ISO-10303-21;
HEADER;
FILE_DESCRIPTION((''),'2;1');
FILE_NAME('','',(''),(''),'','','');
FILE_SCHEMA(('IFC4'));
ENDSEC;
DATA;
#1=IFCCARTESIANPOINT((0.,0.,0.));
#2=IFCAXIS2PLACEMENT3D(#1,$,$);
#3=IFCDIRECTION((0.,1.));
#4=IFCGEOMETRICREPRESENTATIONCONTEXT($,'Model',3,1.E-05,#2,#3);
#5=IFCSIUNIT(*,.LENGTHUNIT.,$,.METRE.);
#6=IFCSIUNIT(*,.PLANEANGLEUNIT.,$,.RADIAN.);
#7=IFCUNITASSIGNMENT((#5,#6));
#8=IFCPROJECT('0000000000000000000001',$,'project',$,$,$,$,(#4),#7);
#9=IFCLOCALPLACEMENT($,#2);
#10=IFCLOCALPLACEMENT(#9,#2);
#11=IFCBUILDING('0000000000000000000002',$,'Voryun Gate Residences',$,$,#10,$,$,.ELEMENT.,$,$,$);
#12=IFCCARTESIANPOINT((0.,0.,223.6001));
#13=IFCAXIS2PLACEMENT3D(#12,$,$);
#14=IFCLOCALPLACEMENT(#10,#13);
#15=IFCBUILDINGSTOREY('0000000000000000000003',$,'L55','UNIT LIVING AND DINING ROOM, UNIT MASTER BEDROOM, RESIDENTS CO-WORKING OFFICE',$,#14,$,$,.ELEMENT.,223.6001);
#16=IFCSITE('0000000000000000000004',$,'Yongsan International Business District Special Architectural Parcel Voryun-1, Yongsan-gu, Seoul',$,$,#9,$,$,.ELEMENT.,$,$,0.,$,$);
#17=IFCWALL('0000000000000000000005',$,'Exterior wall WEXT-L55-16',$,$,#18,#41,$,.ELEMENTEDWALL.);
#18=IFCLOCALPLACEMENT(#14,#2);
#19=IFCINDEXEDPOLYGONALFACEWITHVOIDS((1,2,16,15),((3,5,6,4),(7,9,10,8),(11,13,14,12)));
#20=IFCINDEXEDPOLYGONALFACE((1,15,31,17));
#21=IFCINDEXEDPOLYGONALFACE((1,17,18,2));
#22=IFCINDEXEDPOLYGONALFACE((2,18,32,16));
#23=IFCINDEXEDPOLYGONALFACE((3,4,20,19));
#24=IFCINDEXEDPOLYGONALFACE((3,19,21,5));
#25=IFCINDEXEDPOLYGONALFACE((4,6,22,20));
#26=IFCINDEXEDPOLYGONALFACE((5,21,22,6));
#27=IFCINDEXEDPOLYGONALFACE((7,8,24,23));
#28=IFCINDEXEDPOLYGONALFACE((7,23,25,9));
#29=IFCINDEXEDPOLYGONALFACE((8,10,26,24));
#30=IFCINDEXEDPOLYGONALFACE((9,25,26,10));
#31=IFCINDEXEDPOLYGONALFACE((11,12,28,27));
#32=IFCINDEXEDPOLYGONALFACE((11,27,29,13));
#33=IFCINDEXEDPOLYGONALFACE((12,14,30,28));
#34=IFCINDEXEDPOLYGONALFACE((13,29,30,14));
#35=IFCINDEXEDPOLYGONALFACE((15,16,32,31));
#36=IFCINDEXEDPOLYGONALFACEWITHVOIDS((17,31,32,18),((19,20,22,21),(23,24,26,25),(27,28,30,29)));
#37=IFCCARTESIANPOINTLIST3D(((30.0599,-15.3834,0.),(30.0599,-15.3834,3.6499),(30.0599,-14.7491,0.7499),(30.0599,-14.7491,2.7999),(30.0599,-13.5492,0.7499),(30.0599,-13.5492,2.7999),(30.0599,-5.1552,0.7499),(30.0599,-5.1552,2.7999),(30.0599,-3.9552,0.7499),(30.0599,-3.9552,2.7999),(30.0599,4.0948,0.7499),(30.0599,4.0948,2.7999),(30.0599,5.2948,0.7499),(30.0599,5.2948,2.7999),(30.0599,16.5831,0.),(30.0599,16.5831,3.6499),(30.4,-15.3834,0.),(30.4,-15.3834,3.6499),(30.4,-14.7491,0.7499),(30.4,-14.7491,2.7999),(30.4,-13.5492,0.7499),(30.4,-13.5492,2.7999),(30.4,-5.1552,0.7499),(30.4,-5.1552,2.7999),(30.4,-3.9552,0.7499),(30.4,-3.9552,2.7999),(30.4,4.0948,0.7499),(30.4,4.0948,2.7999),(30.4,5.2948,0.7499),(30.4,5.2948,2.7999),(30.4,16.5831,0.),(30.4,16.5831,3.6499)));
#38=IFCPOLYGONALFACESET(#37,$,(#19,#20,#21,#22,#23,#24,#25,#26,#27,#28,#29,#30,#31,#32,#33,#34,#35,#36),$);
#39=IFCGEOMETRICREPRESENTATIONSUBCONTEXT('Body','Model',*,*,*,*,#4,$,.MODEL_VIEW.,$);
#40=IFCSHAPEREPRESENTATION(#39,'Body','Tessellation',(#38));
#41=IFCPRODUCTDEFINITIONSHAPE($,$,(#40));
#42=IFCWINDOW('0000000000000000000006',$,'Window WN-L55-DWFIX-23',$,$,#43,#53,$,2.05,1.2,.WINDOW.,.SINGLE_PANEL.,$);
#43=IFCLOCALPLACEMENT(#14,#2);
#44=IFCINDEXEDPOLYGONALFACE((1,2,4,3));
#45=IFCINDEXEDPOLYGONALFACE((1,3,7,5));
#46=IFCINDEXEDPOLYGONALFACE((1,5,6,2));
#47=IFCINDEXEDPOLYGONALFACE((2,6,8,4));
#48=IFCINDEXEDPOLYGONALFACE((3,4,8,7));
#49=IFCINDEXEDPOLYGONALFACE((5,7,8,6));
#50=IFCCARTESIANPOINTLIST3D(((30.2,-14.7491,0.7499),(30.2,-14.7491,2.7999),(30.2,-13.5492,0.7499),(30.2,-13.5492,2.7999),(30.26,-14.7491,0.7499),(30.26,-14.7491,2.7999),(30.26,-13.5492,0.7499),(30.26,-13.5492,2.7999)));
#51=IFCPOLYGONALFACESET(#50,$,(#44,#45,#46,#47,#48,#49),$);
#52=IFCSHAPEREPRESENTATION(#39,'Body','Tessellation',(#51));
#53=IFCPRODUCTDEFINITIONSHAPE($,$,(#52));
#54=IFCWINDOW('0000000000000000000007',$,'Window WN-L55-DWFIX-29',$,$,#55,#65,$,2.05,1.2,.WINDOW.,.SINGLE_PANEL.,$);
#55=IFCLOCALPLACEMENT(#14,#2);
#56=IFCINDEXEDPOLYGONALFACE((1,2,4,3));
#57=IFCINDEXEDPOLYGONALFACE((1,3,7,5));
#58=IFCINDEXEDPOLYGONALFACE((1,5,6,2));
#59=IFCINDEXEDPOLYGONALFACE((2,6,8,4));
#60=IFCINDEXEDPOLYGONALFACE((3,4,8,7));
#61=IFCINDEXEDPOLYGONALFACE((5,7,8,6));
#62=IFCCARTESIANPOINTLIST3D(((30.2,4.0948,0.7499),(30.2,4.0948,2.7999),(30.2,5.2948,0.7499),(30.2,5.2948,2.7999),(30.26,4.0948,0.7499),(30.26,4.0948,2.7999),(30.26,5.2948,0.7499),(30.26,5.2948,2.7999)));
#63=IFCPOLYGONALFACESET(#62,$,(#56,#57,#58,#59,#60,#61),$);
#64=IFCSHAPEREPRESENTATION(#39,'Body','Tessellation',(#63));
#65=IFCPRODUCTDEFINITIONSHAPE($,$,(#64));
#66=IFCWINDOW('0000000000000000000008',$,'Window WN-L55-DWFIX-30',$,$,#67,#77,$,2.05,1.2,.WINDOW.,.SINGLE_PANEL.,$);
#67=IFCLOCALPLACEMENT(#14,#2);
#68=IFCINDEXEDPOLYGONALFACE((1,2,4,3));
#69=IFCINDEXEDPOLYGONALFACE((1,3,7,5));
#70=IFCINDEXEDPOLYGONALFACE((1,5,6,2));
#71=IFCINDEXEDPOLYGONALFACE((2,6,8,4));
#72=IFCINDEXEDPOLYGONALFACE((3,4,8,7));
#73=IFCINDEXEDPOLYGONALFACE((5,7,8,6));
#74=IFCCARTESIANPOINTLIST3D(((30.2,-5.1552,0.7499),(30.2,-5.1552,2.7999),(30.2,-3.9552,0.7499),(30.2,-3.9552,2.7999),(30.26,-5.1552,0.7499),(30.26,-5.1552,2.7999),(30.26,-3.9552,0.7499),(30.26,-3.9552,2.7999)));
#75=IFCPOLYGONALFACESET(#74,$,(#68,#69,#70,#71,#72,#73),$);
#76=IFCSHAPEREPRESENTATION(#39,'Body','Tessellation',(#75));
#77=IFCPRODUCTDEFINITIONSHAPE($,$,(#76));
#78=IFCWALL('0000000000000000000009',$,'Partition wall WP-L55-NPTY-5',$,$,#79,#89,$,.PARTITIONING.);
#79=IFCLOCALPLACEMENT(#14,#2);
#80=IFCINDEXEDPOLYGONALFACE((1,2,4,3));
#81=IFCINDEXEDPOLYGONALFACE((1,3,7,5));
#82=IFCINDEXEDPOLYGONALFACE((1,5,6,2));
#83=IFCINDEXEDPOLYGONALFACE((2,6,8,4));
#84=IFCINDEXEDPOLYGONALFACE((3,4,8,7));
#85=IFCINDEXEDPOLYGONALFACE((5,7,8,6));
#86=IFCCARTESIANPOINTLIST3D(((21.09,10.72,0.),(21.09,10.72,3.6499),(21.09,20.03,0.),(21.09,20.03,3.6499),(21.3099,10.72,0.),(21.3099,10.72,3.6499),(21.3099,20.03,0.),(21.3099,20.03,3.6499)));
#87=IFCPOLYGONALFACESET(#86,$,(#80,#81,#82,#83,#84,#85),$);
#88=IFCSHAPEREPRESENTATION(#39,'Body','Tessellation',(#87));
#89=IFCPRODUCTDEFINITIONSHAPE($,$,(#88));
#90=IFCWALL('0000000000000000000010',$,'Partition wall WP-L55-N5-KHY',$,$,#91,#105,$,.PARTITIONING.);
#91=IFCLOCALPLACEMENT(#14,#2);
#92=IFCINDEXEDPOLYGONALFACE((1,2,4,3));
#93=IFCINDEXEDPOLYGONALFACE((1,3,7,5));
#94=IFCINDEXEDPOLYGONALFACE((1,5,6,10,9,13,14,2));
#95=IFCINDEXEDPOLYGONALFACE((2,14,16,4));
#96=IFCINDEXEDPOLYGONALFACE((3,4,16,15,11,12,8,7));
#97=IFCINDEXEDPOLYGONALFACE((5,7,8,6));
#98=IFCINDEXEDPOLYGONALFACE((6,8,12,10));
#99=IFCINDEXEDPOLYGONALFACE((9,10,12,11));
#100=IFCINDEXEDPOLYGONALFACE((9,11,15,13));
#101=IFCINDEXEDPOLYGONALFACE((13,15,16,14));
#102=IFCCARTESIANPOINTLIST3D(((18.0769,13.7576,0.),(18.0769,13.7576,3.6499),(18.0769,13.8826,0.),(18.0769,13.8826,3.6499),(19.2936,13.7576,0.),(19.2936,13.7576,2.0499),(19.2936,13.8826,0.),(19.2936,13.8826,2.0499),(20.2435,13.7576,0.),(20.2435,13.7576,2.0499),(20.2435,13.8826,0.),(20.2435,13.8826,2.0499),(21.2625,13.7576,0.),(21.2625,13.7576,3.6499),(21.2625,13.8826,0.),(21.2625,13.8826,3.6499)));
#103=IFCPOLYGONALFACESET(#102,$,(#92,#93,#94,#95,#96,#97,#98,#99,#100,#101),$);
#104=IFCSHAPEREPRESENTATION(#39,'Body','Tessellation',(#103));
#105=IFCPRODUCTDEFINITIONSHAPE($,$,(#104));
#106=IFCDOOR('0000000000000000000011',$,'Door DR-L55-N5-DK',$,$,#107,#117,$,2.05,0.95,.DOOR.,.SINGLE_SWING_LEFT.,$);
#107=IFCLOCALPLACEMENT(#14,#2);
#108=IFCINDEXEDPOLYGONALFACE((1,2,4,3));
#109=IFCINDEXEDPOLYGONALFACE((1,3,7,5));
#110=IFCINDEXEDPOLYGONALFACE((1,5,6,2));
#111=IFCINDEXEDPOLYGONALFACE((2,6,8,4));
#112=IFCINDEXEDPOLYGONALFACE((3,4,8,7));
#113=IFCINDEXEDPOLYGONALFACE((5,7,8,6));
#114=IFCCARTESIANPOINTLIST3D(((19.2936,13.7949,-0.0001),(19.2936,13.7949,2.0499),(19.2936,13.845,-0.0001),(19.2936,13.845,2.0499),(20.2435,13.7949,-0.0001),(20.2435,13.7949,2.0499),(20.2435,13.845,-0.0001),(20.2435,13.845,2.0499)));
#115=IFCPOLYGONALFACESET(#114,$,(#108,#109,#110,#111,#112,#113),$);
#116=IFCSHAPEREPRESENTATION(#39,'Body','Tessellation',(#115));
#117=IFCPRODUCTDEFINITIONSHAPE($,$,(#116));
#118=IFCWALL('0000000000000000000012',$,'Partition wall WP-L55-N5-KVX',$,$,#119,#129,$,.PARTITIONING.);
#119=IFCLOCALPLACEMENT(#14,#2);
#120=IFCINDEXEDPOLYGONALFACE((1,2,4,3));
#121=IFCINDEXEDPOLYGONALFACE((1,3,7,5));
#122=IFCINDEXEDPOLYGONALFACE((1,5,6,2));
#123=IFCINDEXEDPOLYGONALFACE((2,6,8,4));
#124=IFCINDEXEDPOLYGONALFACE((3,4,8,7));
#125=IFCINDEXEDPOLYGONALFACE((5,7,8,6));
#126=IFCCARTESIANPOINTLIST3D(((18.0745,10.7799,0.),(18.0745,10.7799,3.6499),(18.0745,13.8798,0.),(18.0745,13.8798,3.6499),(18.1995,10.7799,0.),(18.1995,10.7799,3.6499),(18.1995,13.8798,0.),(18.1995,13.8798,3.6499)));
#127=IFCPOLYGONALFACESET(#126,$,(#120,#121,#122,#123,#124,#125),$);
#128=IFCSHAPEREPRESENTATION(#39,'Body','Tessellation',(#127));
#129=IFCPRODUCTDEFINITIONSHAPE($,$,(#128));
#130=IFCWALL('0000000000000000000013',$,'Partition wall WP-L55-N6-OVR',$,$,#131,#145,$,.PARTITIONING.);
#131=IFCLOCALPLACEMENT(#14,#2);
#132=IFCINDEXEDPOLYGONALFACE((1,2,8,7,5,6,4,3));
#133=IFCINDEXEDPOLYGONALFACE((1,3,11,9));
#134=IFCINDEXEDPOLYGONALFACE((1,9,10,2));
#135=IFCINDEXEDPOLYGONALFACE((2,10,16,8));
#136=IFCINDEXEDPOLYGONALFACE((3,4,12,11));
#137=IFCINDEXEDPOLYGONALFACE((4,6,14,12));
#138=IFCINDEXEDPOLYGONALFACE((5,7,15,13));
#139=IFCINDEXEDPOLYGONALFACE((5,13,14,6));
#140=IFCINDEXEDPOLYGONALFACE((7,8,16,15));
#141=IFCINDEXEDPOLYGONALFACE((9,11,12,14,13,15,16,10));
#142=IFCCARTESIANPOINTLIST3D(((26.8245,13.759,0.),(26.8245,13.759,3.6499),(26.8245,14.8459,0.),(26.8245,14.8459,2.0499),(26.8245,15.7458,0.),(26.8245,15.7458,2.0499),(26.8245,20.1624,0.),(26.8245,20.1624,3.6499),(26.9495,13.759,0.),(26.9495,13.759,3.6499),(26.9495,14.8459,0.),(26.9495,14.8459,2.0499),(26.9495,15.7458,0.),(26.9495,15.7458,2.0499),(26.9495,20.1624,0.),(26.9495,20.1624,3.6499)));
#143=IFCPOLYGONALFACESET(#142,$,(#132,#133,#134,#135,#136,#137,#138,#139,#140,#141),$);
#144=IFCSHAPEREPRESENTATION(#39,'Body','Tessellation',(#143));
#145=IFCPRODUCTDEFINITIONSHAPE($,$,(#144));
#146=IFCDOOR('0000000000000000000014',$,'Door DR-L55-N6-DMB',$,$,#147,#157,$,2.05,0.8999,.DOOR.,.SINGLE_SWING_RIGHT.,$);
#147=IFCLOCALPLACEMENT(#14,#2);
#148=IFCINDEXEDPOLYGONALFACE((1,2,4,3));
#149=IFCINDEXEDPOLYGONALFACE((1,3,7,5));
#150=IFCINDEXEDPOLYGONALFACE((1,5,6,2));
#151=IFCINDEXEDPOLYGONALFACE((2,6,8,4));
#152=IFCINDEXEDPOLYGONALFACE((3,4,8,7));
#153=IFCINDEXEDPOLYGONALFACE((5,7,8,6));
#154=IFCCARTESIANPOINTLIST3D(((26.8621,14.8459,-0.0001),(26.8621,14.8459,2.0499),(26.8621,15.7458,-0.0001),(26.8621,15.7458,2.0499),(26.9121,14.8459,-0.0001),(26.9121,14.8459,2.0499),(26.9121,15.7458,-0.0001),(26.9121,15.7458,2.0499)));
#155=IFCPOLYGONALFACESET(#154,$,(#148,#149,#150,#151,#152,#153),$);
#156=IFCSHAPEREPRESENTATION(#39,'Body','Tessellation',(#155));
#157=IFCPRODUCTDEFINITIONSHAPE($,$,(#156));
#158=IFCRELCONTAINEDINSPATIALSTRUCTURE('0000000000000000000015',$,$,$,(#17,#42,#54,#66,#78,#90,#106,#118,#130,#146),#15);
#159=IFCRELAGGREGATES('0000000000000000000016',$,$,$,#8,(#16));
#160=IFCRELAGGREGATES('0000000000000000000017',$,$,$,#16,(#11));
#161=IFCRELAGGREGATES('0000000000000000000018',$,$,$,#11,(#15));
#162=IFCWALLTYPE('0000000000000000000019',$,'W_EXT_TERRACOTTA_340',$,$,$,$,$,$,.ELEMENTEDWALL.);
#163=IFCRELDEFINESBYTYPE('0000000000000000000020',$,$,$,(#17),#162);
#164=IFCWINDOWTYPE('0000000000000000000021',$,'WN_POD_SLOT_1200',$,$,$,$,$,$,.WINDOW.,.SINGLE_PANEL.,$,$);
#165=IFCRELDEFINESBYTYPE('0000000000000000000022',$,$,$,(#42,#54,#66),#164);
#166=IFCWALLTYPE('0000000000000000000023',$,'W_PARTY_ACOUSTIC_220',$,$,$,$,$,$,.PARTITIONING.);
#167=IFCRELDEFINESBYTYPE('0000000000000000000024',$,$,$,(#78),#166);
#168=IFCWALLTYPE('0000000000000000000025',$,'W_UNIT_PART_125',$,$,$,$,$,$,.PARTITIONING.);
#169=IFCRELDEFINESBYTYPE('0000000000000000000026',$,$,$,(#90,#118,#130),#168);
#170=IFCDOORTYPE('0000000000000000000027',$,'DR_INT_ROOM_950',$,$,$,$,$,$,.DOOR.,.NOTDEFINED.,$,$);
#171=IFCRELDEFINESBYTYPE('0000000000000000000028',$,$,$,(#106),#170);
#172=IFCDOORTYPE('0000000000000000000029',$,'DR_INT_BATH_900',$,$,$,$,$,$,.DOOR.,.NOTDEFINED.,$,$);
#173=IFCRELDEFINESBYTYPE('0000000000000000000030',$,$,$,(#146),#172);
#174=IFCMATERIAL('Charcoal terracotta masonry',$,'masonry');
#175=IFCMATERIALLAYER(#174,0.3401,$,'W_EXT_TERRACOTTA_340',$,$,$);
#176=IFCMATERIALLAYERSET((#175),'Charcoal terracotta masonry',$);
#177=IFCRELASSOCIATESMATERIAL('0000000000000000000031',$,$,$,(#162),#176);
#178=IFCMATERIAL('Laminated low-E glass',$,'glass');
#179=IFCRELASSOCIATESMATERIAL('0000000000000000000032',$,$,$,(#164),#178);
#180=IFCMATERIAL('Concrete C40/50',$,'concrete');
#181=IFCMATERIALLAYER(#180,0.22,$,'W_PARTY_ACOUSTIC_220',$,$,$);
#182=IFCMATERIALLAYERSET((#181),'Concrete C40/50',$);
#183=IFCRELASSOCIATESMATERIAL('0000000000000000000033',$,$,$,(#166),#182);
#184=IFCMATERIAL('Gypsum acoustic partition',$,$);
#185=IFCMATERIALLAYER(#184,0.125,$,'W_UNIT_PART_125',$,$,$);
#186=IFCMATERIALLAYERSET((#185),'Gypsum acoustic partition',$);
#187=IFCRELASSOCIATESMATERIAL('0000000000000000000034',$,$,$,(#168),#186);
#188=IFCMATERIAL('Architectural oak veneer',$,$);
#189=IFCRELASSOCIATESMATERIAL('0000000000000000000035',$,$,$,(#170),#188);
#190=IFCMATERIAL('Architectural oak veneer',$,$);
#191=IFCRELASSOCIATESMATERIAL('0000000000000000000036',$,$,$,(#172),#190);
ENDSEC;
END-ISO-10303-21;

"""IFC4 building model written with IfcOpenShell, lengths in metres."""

from ifc_helpers import new_model, si_unit, direction, frame, frame_2d, origin, place, context, subcontext, project, spatial, rectangle, extrude, material, layer, layer_set, type_object, element, fill, save


model = new_model("IFC4")

# Units and contexts
model_context = context("Model", 3, precision=1e-05, world=origin(), true_north=direction((0.0, 1.0)))
body_context = subcontext(model_context, "Body", "Model", "MODEL_VIEW")
ifc_project = project(units=[si_unit("LENGTHUNIT", "METRE"), si_unit("PLANEANGLEUNIT", "RADIAN")], contexts=[model_context])

# Site, building, storey
site_placement = place(None, origin())
site = spatial("IfcSite", under=ifc_project, at=site_placement, Name="Yongsan International Business District Special Architectural Parcel Voryun-1, Yongsan-gu, Seoul", CompositionType="ELEMENT", RefElevation=0.0)
building_placement = place(site_placement, origin())
building = spatial("IfcBuilding", under=site, at=building_placement, Name="Voryun Gate Residences", CompositionType="ELEMENT")
storey_placement = place(building_placement, frame((0.0, 0.0, 223.6001)))
storey = spatial("IfcBuildingStorey", under=building, at=storey_placement, Name="L55", Description="UNIT LIVING AND DINING ROOM, UNIT MASTER BEDROOM, RESIDENTS CO-WORKING OFFICE", CompositionType="ELEMENT", Elevation=223.6001)

# Shared definitions
ifc_material_1 = material(Name="Charcoal terracotta masonry", Category="masonry")
ifc_layer_1 = layer(ifc_material_1, 0.3401, Name="W_EXT_TERRACOTTA_340")
ifc_layer_set_1 = layer_set([ifc_layer_1], Name="Charcoal terracotta masonry")
wall_type_1 = type_object("IfcWallType", Name="W_EXT_TERRACOTTA_340", PredefinedType="ELEMENTEDWALL", material=ifc_layer_set_1)

# Wall, openings, windows
wall_1_placement = place(storey_placement, frame((30.23, 16.5833, 0.0), z_axis=(0.0, 0.0, 1.0), x_axis=(0.0, -1.0, 0.0)))
wall_1 = element("IfcWall", 1, at=wall_1_placement, inside=storey, type_object=wall_type_1, Name="Exterior wall WEXT-L55-16", PredefinedType="ELEMENTEDWALL", context=body_context, shape_type="SweptSolid", body=[
    extrude(rectangle(XDim=31.9666, YDim=0.3401, at=frame_2d((15.9834, 0.0))), origin(), (0.0, 0.0, 1.0), 3.6499),
])
opening_1_placement = place(wall_1_placement, frame((30.1323, 0.0, 0.75)))
opening_1 = element("IfcOpeningElement", 2, at=opening_1_placement, cuts=wall_1, PredefinedType="OPENING", context=body_context, shape_type="SweptSolid", body=[
    extrude(rectangle(XDim=1.2, YDim=2.05, at=frame_2d((0.6001, 1.0249))), frame((0.0, 0.1799, 0.0), z_axis=(0.0, -1.0, 0.0), x_axis=(1.0, 0.0, 0.0)), (0.0, 0.0, 1.0), 0.3601),
])
opening_2_placement = place(wall_1_placement, frame((11.2883, 0.0, 0.75)))
opening_2 = element("IfcOpeningElement", 3, at=opening_2_placement, cuts=wall_1, PredefinedType="OPENING", context=body_context, shape_type="SweptSolid", body=[
    extrude(rectangle(XDim=1.2, YDim=2.05, at=frame_2d((0.6001, 1.0249))), frame((0.0, 0.1799, 0.0), z_axis=(0.0, -1.0, 0.0), x_axis=(1.0, 0.0, 0.0)), (0.0, 0.0, 1.0), 0.3601),
])
opening_3_placement = place(wall_1_placement, frame((20.5383, 0.0, 0.75)))
opening_3 = element("IfcOpeningElement", 4, at=opening_3_placement, cuts=wall_1, PredefinedType="OPENING", context=body_context, shape_type="SweptSolid", body=[
    extrude(rectangle(XDim=1.2, YDim=2.05, at=frame_2d((0.6001, 1.0249))), frame((0.0, 0.1799, 0.0), z_axis=(0.0, -1.0, 0.0), x_axis=(1.0, 0.0, 0.0)), (0.0, 0.0, 1.0), 0.3601),
])
ifc_material_2 = material(Name="Laminated low-E glass", Category="glass")
window_type_1 = type_object("IfcWindowType", Name="WN_POD_SLOT_1200", PartitioningType="SINGLE_PANEL", PredefinedType="WINDOW", material=ifc_material_2)
window_1_placement = place(opening_1_placement, origin())
window_1 = element("IfcWindow", 5, at=window_1_placement, inside=storey, type_object=window_type_1, Name="Window WN-L55-DWFIX-23", OverallHeight=2.05, OverallWidth=1.2, PartitioningType="SINGLE_PANEL", PredefinedType="WINDOW", context=body_context, shape_type="SweptSolid", body=[
    extrude(rectangle(XDim=1.2, YDim=2.05, at=frame_2d((0.6001, 1.0249))), frame((0.0, 0.03, 0.0), z_axis=(0.0, -1.0, 0.0), x_axis=(1.0, 0.0, 0.0)), (0.0, 0.0, 1.0), 0.0601),
])
fill(opening_1, window_1)
window_2_placement = place(opening_2_placement, origin())
window_2 = element("IfcWindow", 6, at=window_2_placement, inside=storey, type_object=window_type_1, Name="Window WN-L55-DWFIX-29", OverallHeight=2.05, OverallWidth=1.2, PartitioningType="SINGLE_PANEL", PredefinedType="WINDOW", context=body_context, shape_type="SweptSolid", body=[
    extrude(rectangle(XDim=1.2, YDim=2.05, at=frame_2d((0.6001, 1.0249))), frame((0.0, 0.03, 0.0), z_axis=(0.0, -1.0, 0.0), x_axis=(1.0, 0.0, 0.0)), (0.0, 0.0, 1.0), 0.0601),
])
fill(opening_2, window_2)
window_3_placement = place(opening_3_placement, origin())
window_3 = element("IfcWindow", 7, at=window_3_placement, inside=storey, type_object=window_type_1, Name="Window WN-L55-DWFIX-30", OverallHeight=2.05, OverallWidth=1.2, PartitioningType="SINGLE_PANEL", PredefinedType="WINDOW", context=body_context, shape_type="SweptSolid", body=[
    extrude(rectangle(XDim=1.2, YDim=2.05, at=frame_2d((0.6001, 1.0249))), frame((0.0, 0.03, 0.0), z_axis=(0.0, -1.0, 0.0), x_axis=(1.0, 0.0, 0.0)), (0.0, 0.0, 1.0), 0.0601),
])
fill(opening_3, window_3)

# Wall
ifc_material_3 = material(Name="Concrete C40/50", Category="concrete")
ifc_layer_2 = layer(ifc_material_3, 0.22, Name="W_PARTY_ACOUSTIC_220")
ifc_layer_set_2 = layer_set([ifc_layer_2], Name="Concrete C40/50")
wall_type_2 = type_object("IfcWallType", Name="W_PARTY_ACOUSTIC_220", PredefinedType="PARTITIONING", material=ifc_layer_set_2)
wall_2_placement = place(storey_placement, frame((21.2, 10.72, 0.0), z_axis=(0.0, 0.0, 1.0), x_axis=(0.0, 1.0, 0.0)))
element("IfcWall", 8, at=wall_2_placement, inside=storey, type_object=wall_type_2, Name="Partition wall WP-L55-NPTY-5", PredefinedType="PARTITIONING", context=body_context, shape_type="SweptSolid", body=[
    extrude(rectangle(XDim=9.3101, YDim=0.22, at=frame_2d((4.655, 0.0))), origin(), (0.0, 0.0, 1.0), 3.6499),
])

# Wall, opening, door
ifc_material_4 = material(Name="Gypsum acoustic partition")
ifc_layer_3 = layer(ifc_material_4, 0.125, Name="W_UNIT_PART_125")
ifc_layer_set_3 = layer_set([ifc_layer_3], Name="Gypsum acoustic partition")
wall_type_3 = type_object("IfcWallType", Name="W_UNIT_PART_125", PredefinedType="PARTITIONING", material=ifc_layer_set_3)
wall_3_placement = place(storey_placement, frame((18.0769, 13.8201, 0.0), z_axis=(0.0, 0.0, 1.0), x_axis=(1.0, 0.0, 0.0)))
wall_3 = element("IfcWall", 9, at=wall_3_placement, inside=storey, type_object=wall_type_3, Name="Partition wall WP-L55-N5-KHY", PredefinedType="PARTITIONING", context=body_context, shape_type="SweptSolid", body=[
    extrude(rectangle(XDim=3.1855, YDim=0.125, at=frame_2d((1.5928, 0.0))), origin(), (0.0, 0.0, 1.0), 3.6499),
])
opening_4_placement = place(wall_3_placement, frame((1.2166, 0.0, 0.0)))
opening_4 = element("IfcOpeningElement", 10, at=opening_4_placement, cuts=wall_3, PredefinedType="OPENING", context=body_context, shape_type="SweptSolid", body=[
    extrude(rectangle(XDim=0.95, YDim=2.05, at=frame_2d((0.4751, 1.0249))), frame((0.0, 0.0725, 0.0), z_axis=(0.0, -1.0, 0.0), x_axis=(1.0, 0.0, 0.0)), (0.0, 0.0, 1.0), 0.145),
])
ifc_material_5 = material(Name="Architectural oak veneer")
door_type_1 = type_object("IfcDoorType", Name="DR_INT_ROOM_950", OperationType="NOTDEFINED", PredefinedType="DOOR", material=ifc_material_5)
door_1_placement = place(opening_4_placement, origin())
door_1 = element("IfcDoor", 11, at=door_1_placement, inside=storey, type_object=door_type_1, Name="Door DR-L55-N5-DK", OperationType="SINGLE_SWING_LEFT", OverallHeight=2.05, OverallWidth=0.95, PredefinedType="DOOR", context=body_context, shape_type="SweptSolid", body=[
    extrude(rectangle(XDim=0.95, YDim=2.05, at=frame_2d((0.4751, 1.0249))), frame((0.0, 0.0249, 0.0), z_axis=(0.0, -1.0, 0.0), x_axis=(1.0, 0.0, 0.0)), (0.0, 0.0, 1.0), 0.05),
])
fill(opening_4, door_1)

# Wall
wall_4_placement = place(storey_placement, frame((18.137, 10.78, 0.0), z_axis=(0.0, 0.0, 1.0), x_axis=(0.0, 1.0, 0.0)))
element("IfcWall", 12, at=wall_4_placement, inside=storey, type_object=wall_type_3, Name="Partition wall WP-L55-N5-KVX", PredefinedType="PARTITIONING", context=body_context, shape_type="SweptSolid", body=[
    extrude(rectangle(XDim=3.0999, YDim=0.125, at=frame_2d((1.5498, 0.0))), origin(), (0.0, 0.0, 1.0), 3.6499),
])

# Wall, opening, door
wall_5_placement = place(storey_placement, frame((26.887, 13.759, 0.0), z_axis=(0.0, 0.0, 1.0), x_axis=(0.0, 1.0, 0.0)))
wall_5 = element("IfcWall", 13, at=wall_5_placement, inside=storey, type_object=wall_type_3, Name="Partition wall WP-L55-N6-OVR", PredefinedType="PARTITIONING", context=body_context, shape_type="SweptSolid", body=[
    extrude(rectangle(XDim=6.4033, YDim=0.125, at=frame_2d((3.2017, 0.0))), origin(), (0.0, 0.0, 1.0), 3.6499),
])
opening_5_placement = place(wall_5_placement, frame((1.0869, 0.0, 0.0)))
opening_5 = element("IfcOpeningElement", 14, at=opening_5_placement, cuts=wall_5, PredefinedType="OPENING", context=body_context, shape_type="SweptSolid", body=[
    extrude(rectangle(XDim=0.8999, YDim=2.05, at=frame_2d((0.45, 1.0249))), frame((0.0, 0.0725, 0.0), z_axis=(0.0, -1.0, 0.0), x_axis=(1.0, 0.0, 0.0)), (0.0, 0.0, 1.0), 0.145),
])
ifc_material_6 = material(Name="Architectural oak veneer")
door_type_2 = type_object("IfcDoorType", Name="DR_INT_BATH_900", OperationType="NOTDEFINED", PredefinedType="DOOR", material=ifc_material_6)
door_2_placement = place(opening_5_placement, origin())
door_2 = element("IfcDoor", 15, at=door_2_placement, inside=storey, type_object=door_type_2, Name="Door DR-L55-N6-DMB", OperationType="SINGLE_SWING_RIGHT", OverallHeight=2.05, OverallWidth=0.8999, PredefinedType="DOOR", context=body_context, shape_type="SweptSolid", body=[
    extrude(rectangle(XDim=0.8999, YDim=2.05, at=frame_2d((0.45, 1.0249))), frame((0.0, 0.0249, 0.0), z_axis=(0.0, -1.0, 0.0), x_axis=(1.0, 0.0, 0.0)), (0.0, 0.0, 1.0), 0.05),
])
fill(opening_5, door_2)

save(model, "model.ifc")
